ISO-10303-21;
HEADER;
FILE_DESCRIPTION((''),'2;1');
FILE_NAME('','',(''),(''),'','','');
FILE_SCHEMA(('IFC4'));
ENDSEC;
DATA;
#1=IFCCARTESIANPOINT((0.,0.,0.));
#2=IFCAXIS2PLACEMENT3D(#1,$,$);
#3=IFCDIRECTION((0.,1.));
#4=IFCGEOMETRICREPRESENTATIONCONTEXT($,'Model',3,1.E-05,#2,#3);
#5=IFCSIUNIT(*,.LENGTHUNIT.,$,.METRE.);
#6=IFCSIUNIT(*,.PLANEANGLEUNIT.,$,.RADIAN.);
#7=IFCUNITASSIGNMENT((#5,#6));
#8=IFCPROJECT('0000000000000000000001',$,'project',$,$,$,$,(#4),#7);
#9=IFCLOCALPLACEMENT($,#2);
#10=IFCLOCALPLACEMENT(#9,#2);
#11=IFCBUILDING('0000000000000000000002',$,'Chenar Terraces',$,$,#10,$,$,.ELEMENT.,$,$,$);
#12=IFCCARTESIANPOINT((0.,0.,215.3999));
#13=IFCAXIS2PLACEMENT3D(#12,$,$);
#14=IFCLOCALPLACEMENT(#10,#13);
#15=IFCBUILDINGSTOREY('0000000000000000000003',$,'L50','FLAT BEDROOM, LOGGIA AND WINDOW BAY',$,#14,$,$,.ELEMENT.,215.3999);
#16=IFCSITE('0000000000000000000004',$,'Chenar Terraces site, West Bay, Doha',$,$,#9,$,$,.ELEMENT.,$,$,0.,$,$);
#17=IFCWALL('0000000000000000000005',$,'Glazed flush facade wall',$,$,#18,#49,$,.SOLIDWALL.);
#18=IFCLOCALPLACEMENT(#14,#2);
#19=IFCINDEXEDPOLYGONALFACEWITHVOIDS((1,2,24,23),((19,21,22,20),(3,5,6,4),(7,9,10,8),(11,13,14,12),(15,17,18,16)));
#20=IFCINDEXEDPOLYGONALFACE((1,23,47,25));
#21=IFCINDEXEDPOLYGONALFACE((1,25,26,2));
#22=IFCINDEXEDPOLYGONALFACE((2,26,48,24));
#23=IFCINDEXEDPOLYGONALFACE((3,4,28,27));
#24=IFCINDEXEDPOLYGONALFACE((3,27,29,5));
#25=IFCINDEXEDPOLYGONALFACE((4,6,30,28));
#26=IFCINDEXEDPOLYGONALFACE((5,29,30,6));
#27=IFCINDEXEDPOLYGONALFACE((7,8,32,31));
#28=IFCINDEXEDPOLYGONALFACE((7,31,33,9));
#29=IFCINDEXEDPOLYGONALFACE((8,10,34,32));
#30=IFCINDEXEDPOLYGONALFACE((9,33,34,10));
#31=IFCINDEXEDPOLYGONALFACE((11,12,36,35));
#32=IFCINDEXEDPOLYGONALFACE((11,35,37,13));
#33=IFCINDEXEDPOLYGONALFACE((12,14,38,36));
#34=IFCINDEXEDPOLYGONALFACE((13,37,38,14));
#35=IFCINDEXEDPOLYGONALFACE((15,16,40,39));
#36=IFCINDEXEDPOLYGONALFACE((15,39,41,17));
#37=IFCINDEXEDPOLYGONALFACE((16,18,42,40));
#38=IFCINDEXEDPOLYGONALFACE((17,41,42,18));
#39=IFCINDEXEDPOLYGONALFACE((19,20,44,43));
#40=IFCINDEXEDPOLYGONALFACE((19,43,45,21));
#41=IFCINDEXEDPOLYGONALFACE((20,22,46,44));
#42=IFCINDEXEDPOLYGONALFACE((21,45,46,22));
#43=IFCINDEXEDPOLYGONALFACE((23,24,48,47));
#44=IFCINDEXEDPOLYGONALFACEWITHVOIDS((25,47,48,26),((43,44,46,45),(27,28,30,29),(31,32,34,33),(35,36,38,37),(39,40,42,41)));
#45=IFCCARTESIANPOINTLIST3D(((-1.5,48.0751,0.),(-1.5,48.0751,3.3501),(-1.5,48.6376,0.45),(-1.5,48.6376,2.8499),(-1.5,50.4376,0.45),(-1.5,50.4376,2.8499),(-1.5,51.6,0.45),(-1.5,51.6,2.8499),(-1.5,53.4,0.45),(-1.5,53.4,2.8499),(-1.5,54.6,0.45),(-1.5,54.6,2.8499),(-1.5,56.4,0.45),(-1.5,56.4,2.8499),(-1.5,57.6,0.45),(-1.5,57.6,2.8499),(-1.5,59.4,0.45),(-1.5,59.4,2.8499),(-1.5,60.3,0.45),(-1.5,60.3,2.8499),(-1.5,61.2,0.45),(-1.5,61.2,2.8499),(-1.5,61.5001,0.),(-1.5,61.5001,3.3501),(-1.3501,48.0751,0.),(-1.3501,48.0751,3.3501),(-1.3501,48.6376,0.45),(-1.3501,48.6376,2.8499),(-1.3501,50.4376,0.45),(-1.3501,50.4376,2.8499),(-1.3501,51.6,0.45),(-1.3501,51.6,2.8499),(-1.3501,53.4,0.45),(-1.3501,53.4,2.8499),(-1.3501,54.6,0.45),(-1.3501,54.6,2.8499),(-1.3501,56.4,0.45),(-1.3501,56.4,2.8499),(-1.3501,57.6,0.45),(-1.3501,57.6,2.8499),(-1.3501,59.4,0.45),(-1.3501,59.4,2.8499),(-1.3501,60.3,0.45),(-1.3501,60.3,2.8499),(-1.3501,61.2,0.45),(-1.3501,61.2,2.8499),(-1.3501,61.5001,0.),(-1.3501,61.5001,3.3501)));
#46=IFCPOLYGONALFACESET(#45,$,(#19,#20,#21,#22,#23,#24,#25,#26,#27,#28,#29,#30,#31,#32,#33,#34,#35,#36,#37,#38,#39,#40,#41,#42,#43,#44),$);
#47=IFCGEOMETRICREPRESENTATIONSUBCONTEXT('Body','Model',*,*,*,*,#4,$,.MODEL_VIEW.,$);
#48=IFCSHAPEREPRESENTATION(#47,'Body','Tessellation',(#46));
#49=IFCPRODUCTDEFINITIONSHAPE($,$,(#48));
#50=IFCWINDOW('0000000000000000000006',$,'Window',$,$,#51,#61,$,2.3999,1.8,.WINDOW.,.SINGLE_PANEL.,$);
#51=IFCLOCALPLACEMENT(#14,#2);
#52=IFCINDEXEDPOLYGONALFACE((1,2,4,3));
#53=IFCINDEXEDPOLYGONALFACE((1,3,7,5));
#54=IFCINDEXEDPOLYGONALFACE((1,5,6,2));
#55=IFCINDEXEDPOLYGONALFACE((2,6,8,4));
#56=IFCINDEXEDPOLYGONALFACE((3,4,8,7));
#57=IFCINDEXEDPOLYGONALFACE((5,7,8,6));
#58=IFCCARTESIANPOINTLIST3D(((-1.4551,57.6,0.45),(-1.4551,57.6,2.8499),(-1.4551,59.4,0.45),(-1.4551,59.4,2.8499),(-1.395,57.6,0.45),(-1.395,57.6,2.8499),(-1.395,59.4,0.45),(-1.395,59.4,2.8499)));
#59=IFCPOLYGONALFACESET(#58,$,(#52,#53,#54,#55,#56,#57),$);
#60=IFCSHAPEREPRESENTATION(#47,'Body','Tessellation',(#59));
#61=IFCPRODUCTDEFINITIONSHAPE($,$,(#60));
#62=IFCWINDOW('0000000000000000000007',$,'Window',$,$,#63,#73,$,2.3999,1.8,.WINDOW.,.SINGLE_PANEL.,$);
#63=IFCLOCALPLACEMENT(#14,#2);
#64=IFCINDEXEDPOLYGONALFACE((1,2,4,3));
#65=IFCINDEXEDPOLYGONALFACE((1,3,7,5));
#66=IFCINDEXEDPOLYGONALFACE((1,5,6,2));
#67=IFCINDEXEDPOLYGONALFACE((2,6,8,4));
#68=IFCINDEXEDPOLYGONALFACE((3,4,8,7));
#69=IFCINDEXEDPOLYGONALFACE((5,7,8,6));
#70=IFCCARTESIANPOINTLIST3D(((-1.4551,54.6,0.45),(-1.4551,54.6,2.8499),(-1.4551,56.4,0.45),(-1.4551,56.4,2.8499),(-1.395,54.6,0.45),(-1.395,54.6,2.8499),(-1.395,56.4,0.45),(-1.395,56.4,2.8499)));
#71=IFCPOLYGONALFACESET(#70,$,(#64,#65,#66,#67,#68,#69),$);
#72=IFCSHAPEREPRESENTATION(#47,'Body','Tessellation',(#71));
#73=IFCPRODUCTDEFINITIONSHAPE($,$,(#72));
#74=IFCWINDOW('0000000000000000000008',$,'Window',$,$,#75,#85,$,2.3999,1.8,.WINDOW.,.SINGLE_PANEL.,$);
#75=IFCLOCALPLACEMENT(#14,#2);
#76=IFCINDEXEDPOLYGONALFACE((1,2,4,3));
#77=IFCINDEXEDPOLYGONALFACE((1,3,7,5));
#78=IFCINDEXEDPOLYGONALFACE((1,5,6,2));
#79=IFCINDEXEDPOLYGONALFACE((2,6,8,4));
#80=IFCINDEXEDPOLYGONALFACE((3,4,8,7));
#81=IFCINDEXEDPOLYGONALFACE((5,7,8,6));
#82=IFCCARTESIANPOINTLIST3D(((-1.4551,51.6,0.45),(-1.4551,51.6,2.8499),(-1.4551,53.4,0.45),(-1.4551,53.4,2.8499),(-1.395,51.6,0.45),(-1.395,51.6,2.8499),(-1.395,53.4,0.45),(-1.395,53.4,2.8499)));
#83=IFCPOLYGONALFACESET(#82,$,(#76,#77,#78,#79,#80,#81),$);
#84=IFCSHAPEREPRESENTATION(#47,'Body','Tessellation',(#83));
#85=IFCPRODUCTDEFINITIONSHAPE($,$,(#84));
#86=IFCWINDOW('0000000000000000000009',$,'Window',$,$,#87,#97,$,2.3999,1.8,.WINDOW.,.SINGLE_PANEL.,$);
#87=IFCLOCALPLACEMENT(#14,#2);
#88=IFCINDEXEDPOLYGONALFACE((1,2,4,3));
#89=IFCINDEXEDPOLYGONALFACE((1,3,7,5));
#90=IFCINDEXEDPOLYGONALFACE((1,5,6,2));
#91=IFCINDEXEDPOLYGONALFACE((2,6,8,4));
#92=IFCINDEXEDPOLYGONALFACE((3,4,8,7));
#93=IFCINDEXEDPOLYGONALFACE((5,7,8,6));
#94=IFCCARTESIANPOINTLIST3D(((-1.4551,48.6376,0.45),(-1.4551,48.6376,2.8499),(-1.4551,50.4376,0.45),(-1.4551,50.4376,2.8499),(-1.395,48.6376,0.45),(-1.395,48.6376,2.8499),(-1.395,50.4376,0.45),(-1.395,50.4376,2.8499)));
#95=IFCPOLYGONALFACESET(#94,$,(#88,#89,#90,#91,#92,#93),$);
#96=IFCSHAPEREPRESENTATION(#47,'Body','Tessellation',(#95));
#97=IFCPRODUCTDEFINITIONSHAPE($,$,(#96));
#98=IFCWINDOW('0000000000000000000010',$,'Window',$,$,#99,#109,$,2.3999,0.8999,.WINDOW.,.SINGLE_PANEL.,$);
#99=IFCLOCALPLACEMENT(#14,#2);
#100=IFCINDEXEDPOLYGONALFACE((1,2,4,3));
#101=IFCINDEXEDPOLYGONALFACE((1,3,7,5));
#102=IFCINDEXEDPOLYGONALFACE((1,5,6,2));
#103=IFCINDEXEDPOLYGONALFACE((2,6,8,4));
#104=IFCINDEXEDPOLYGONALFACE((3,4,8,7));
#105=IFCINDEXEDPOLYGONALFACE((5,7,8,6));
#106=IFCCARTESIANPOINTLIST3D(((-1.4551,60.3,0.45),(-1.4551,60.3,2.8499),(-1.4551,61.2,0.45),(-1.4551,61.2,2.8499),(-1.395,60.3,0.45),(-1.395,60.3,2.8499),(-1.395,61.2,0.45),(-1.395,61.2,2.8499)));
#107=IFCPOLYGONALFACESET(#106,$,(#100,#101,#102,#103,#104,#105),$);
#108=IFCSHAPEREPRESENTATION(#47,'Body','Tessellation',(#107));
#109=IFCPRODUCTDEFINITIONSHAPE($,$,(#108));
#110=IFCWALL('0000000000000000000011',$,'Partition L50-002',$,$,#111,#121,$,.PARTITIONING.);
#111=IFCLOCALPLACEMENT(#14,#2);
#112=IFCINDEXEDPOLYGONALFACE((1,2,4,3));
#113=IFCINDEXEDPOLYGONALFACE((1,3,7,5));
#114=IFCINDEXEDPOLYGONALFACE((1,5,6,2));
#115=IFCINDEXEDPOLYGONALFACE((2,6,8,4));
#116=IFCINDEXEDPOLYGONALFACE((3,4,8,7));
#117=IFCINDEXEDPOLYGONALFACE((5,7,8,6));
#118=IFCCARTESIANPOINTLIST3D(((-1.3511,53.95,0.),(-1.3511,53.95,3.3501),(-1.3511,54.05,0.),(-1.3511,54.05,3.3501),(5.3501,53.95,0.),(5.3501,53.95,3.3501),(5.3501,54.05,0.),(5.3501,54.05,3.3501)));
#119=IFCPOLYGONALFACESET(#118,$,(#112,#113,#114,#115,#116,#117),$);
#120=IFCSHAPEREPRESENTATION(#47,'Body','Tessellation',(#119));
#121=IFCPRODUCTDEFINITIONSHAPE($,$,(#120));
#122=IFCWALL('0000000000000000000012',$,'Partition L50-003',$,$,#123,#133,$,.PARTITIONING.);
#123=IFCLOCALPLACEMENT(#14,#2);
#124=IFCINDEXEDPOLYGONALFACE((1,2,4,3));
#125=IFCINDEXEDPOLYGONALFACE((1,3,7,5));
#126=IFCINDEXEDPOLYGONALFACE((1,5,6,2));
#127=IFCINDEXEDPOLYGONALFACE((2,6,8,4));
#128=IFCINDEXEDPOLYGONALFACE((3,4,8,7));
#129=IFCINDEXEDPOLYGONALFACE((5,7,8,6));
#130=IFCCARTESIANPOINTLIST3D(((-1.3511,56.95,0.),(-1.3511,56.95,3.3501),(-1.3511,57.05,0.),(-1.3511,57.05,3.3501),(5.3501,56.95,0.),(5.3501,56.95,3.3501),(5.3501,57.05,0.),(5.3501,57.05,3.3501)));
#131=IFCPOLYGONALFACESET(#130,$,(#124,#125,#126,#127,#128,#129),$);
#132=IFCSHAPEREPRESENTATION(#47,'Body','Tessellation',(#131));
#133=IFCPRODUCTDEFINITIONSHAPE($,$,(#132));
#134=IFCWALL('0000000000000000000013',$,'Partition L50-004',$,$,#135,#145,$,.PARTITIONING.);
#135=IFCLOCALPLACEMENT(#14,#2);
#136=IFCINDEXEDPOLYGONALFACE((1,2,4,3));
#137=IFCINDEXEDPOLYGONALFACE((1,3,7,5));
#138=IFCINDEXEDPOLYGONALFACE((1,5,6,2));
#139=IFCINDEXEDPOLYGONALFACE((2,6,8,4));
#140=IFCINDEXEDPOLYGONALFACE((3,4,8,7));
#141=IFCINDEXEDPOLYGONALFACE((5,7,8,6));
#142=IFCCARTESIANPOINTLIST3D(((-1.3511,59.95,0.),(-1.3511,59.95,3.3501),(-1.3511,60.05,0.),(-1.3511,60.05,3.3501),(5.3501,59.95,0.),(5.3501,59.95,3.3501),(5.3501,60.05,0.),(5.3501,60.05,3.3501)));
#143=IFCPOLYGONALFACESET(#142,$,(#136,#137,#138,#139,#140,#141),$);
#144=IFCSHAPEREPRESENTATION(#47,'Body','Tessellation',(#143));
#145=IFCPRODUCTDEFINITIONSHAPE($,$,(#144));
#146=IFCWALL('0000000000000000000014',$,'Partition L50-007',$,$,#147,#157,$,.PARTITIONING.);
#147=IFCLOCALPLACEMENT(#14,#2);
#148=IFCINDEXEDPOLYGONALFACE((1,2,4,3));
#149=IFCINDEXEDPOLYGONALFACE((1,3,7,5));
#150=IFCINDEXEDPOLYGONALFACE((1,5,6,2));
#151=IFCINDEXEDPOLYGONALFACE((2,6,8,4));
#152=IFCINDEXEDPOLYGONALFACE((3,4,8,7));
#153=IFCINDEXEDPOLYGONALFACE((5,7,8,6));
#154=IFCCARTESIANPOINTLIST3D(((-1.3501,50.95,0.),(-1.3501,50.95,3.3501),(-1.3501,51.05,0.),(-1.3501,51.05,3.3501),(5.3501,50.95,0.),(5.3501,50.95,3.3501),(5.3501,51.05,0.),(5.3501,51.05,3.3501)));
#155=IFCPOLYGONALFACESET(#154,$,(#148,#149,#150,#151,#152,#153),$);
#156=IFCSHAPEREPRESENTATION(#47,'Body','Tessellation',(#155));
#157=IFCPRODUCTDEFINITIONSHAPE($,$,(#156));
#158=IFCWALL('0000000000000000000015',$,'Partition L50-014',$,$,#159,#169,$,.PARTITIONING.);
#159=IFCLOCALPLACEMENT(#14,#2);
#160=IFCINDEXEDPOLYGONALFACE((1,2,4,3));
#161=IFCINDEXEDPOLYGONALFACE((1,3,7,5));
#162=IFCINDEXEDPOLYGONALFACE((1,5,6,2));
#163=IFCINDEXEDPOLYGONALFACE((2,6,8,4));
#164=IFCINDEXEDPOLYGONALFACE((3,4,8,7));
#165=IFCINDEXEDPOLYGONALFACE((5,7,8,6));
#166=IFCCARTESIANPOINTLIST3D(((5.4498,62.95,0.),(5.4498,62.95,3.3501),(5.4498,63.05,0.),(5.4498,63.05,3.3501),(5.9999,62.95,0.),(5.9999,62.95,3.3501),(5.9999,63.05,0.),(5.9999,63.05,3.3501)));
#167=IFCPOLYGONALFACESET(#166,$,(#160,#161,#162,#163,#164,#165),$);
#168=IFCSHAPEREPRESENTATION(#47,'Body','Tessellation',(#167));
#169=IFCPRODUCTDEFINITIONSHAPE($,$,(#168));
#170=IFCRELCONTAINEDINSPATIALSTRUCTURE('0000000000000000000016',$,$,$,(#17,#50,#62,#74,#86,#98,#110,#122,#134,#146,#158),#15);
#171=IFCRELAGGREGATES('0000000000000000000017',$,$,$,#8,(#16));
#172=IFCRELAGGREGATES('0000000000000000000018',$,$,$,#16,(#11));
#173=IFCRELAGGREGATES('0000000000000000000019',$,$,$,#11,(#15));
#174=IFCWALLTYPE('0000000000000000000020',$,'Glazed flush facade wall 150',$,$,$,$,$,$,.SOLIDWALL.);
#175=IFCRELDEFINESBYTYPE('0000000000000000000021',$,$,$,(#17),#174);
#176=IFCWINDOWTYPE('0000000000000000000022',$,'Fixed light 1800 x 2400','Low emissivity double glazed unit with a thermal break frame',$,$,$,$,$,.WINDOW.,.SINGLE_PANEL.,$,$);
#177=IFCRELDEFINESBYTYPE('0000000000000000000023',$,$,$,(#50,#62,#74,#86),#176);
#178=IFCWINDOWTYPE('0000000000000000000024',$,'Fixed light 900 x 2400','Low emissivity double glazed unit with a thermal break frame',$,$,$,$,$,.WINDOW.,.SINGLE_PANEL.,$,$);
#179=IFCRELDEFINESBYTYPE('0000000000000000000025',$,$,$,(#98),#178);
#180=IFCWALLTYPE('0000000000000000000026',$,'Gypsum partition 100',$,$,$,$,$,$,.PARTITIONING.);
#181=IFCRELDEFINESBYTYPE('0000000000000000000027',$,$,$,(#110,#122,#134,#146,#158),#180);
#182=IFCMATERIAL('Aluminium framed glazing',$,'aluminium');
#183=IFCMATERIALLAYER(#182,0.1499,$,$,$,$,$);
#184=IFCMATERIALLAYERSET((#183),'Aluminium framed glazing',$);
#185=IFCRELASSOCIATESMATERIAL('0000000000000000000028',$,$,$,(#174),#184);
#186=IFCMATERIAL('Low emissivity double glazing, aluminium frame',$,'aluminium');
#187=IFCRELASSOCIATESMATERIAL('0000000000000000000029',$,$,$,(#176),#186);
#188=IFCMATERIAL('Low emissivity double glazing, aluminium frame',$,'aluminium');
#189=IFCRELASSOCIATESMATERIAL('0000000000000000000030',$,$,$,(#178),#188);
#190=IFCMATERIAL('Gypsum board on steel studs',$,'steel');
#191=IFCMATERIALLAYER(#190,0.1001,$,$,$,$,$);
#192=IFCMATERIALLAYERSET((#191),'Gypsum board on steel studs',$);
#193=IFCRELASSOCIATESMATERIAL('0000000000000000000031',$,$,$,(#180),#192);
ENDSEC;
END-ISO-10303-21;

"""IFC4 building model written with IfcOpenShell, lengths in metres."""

from ifc_helpers import new_model, si_unit, direction, frame, frame_2d, origin, place, context, subcontext, project, spatial, rectangle, extrude, material, layer, layer_set, type_object, element, fill, save


model = new_model("IFC4")

# Units and contexts
model_context = context("Model", 3, precision=1e-05, world=origin(), true_north=direction((0.0, 1.0)))
body_context = subcontext(model_context, "Body", "Model", "MODEL_VIEW")
ifc_project = project(units=[si_unit("LENGTHUNIT", "METRE"), si_unit("PLANEANGLEUNIT", "RADIAN")], contexts=[model_context])

# Site, building, storey
site_placement = place(None, origin())
site = spatial("IfcSite", under=ifc_project, at=site_placement, Name="Chenar Terraces site, West Bay, Doha", CompositionType="ELEMENT", RefElevation=0.0)
building_placement = place(site_placement, origin())
building = spatial("IfcBuilding", under=site, at=building_placement, Name="Chenar Terraces", CompositionType="ELEMENT")
storey_placement = place(building_placement, frame((0.0, 0.0, 215.3999)))
storey = spatial("IfcBuildingStorey", under=building, at=storey_placement, Name="L50", Description="FLAT BEDROOM, LOGGIA AND WINDOW BAY", CompositionType="ELEMENT", Elevation=215.3999)

# Shared definitions
ifc_material_1 = material(Name="Aluminium framed glazing", Category="aluminium")
ifc_layer_1 = layer(ifc_material_1, 0.1499)
ifc_layer_set_1 = layer_set([ifc_layer_1], Name="Aluminium framed glazing")
wall_type_1 = type_object("IfcWallType", Name="Glazed flush facade wall 150", PredefinedType="SOLIDWALL", material=ifc_layer_set_1)

# Wall, openings, windows
wall_1_placement = place(storey_placement, frame((-1.425, 61.5, 0.0), z_axis=(0.0, 0.0, 1.0), x_axis=(0.0, -1.0, 0.0)))
wall_1 = element("IfcWall", 1, at=wall_1_placement, inside=storey, type_object=wall_type_1, Name="Glazed flush facade wall", PredefinedType="SOLIDWALL", context=body_context, shape_type="SweptSolid", body=[
    extrude(rectangle(XDim=13.425, YDim=0.1499, at=frame_2d((6.7124, 0.0))), origin(), (0.0, 0.0, 1.0), 3.3501),
])
opening_1_placement = place(wall_1_placement, frame((0.3, 0.0, 0.45)))
opening_1 = element("IfcOpeningElement", 2, at=opening_1_placement, cuts=wall_1, PredefinedType="OPENING", context=body_context, shape_type="SweptSolid", body=[
    extrude(rectangle(XDim=0.8999, YDim=2.3999, at=frame_2d((0.45, 1.2))), frame((0.0, 0.085, 0.0), z_axis=(0.0, -1.0, 0.0), x_axis=(1.0, 0.0, 0.0)), (0.0, 0.0, 1.0), 0.1699),
])
opening_2_placement = place(wall_1_placement, frame((2.1001, 0.0, 0.45)))
opening_2 = element("IfcOpeningElement", 3, at=opening_2_placement, cuts=wall_1, PredefinedType="OPENING", context=body_context, shape_type="SweptSolid", body=[
    extrude(rectangle(XDim=1.8, YDim=2.3999, at=frame_2d((0.8999, 1.2))), frame((0.0, 0.085, 0.0), z_axis=(0.0, -1.0, 0.0), x_axis=(1.0, 0.0, 0.0)), (0.0, 0.0, 1.0), 0.1699),
])
opening_3_placement = place(wall_1_placement, frame((5.1001, 0.0, 0.45)))
opening_3 = element("IfcOpeningElement", 4, at=opening_3_placement, cuts=wall_1, PredefinedType="OPENING", context=body_context, shape_type="SweptSolid", body=[
    extrude(rectangle(XDim=1.8, YDim=2.3999, at=frame_2d((0.8999, 1.2))), frame((0.0, 0.085, 0.0), z_axis=(0.0, -1.0, 0.0), x_axis=(1.0, 0.0, 0.0)), (0.0, 0.0, 1.0), 0.1699),
])
opening_4_placement = place(wall_1_placement, frame((8.1001, 0.0, 0.45)))
opening_4 = element("IfcOpeningElement", 5, at=opening_4_placement, cuts=wall_1, PredefinedType="OPENING", context=body_context, shape_type="SweptSolid", body=[
    extrude(rectangle(XDim=1.8, YDim=2.3999, at=frame_2d((0.8999, 1.2))), frame((0.0, 0.085, 0.0), z_axis=(0.0, -1.0, 0.0), x_axis=(1.0, 0.0, 0.0)), (0.0, 0.0, 1.0), 0.1699),
])
opening_5_placement = place(wall_1_placement, frame((11.0625, 0.0, 0.45)))
opening_5 = element("IfcOpeningElement", 6, at=opening_5_placement, cuts=wall_1, PredefinedType="OPENING", context=body_context, shape_type="SweptSolid", body=[
    extrude(rectangle(XDim=1.8, YDim=2.3999, at=frame_2d((0.8999, 1.2))), frame((0.0, 0.085, 0.0), z_axis=(0.0, -1.0, 0.0), x_axis=(1.0, 0.0, 0.0)), (0.0, 0.0, 1.0), 0.1699),
])
ifc_material_2 = material(Name="Low emissivity double glazing, aluminium frame", Category="aluminium")
window_type_1 = type_object("IfcWindowType", Name="Fixed light 1800 x 2400", Description="Low emissivity double glazed unit with a thermal break frame", PartitioningType="SINGLE_PANEL", PredefinedType="WINDOW", material=ifc_material_2)
window_1_placement = place(opening_2_placement, origin())
window_1 = element("IfcWindow", 7, at=window_1_placement, inside=storey, type_object=window_type_1, Name="Window", OverallHeight=2.3999, OverallWidth=1.8, PartitioningType="SINGLE_PANEL", PredefinedType="WINDOW", context=body_context, shape_type="SweptSolid", body=[
    extrude(rectangle(XDim=1.8, YDim=2.3999, at=frame_2d((0.8999, 1.2))), frame((0.0, 0.03, 0.0), z_axis=(0.0, -1.0, 0.0), x_axis=(1.0, 0.0, 0.0)), (0.0, 0.0, 1.0), 0.0601),
])
fill(opening_2, window_1)
window_2_placement = place(opening_3_placement, origin())
window_2 = element("IfcWindow", 8, at=window_2_placement, inside=storey, type_object=window_type_1, Name="Window", OverallHeight=2.3999, OverallWidth=1.8, PartitioningType="SINGLE_PANEL", PredefinedType="WINDOW", context=body_context, shape_type="SweptSolid", body=[
    extrude(rectangle(XDim=1.8, YDim=2.3999, at=frame_2d((0.8999, 1.2))), frame((0.0, 0.03, 0.0), z_axis=(0.0, -1.0, 0.0), x_axis=(1.0, 0.0, 0.0)), (0.0, 0.0, 1.0), 0.0601),
])
fill(opening_3, window_2)
window_3_placement = place(opening_4_placement, origin())
window_3 = element("IfcWindow", 9, at=window_3_placement, inside=storey, type_object=window_type_1, Name="Window", OverallHeight=2.3999, OverallWidth=1.8, PartitioningType="SINGLE_PANEL", PredefinedType="WINDOW", context=body_context, shape_type="SweptSolid", body=[
    extrude(rectangle(XDim=1.8, YDim=2.3999, at=frame_2d((0.8999, 1.2))), frame((0.0, 0.03, 0.0), z_axis=(0.0, -1.0, 0.0), x_axis=(1.0, 0.0, 0.0)), (0.0, 0.0, 1.0), 0.0601),
])
fill(opening_4, window_3)
window_4_placement = place(opening_5_placement, origin())
window_4 = element("IfcWindow", 10, at=window_4_placement, inside=storey, type_object=window_type_1, Name="Window", OverallHeight=2.3999, OverallWidth=1.8, PartitioningType="SINGLE_PANEL", PredefinedType="WINDOW", context=body_context, shape_type="SweptSolid", body=[
    extrude(rectangle(XDim=1.8, YDim=2.3999, at=frame_2d((0.8999, 1.2))), frame((0.0, 0.03, 0.0), z_axis=(0.0, -1.0, 0.0), x_axis=(1.0, 0.0, 0.0)), (0.0, 0.0, 1.0), 0.0601),
])
fill(opening_5, window_4)
ifc_material_3 = material(Name="Low emissivity double glazing, aluminium frame", Category="aluminium")
window_type_2 = type_object("IfcWindowType", Name="Fixed light 900 x 2400", Description="Low emissivity double glazed unit with a thermal break frame", PartitioningType="SINGLE_PANEL", PredefinedType="WINDOW", material=ifc_material_3)
window_5_placement = place(opening_1_placement, origin())
window_5 = element("IfcWindow", 11, at=window_5_placement, inside=storey, type_object=window_type_2, Name="Window", OverallHeight=2.3999, OverallWidth=0.8999, PartitioningType="SINGLE_PANEL", PredefinedType="WINDOW", context=body_context, shape_type="SweptSolid", body=[
    extrude(rectangle(XDim=0.8999, YDim=2.3999, at=frame_2d((0.45, 1.2))), frame((0.0, 0.03, 0.0), z_axis=(0.0, -1.0, 0.0), x_axis=(1.0, 0.0, 0.0)), (0.0, 0.0, 1.0), 0.0601),
])
fill(opening_1, window_5)

# Walls
ifc_material_4 = material(Name="Gypsum board on steel studs", Category="steel")
ifc_layer_2 = layer(ifc_material_4, 0.1001)
ifc_layer_set_2 = layer_set([ifc_layer_2], Name="Gypsum board on steel studs")
wall_type_2 = type_object("IfcWallType", Name="Gypsum partition 100", PredefinedType="PARTITIONING", material=ifc_layer_set_2)
for number, where, z_axis, x_axis, name in (
    (12, (-1.3511, 54.0, 0.0), (0.0, 0.0, 1.0), (1.0, 0.0, 0.0), "Partition L50-002"),
    (13, (-1.3511, 57.0, 0.0), (0.0, 0.0, 1.0), (1.0, 0.0, 0.0), "Partition L50-003"),
    (14, (-1.3511, 60.0, 0.0), (0.0, 0.0, 1.0), (1.0, 0.0, 0.0), "Partition L50-004"),
):
    element("IfcWall", number, at=place(storey_placement, frame(where, z_axis=z_axis, x_axis=x_axis)), inside=storey, type_object=wall_type_2, Name=name, PredefinedType="PARTITIONING", context=body_context, shape_type="SweptSolid", body=[
        extrude(rectangle(XDim=6.7012, YDim=0.1001, at=frame_2d((3.3506, 0.0))), origin(), (0.0, 0.0, 1.0), 3.3501),
    ])
wall_2_placement = place(storey_placement, frame((-1.3501, 51.0, 0.0), z_axis=(0.0, 0.0, 1.0), x_axis=(1.0, 0.0, 0.0)))
element("IfcWall", 15, at=wall_2_placement, inside=storey, type_object=wall_type_2, Name="Partition L50-007", PredefinedType="PARTITIONING", context=body_context, shape_type="SweptSolid", body=[
    extrude(rectangle(XDim=6.7002, YDim=0.1001, at=frame_2d((3.3501, 0.0))), origin(), (0.0, 0.0, 1.0), 3.3501),
])
wall_3_placement = place(storey_placement, frame((5.45, 63.0, 0.0), z_axis=(0.0, 0.0, 1.0), x_axis=(1.0, 0.0, 0.0)))
element("IfcWall", 16, at=wall_3_placement, inside=storey, type_object=wall_type_2, Name="Partition L50-014", PredefinedType="PARTITIONING", context=body_context, shape_type="SweptSolid", body=[
    extrude(rectangle(XDim=0.55, YDim=0.1001, at=frame_2d((0.2749, 0.0))), origin(), (0.0, 0.0, 1.0), 3.3501),
])

save(model, "model.ifc")
